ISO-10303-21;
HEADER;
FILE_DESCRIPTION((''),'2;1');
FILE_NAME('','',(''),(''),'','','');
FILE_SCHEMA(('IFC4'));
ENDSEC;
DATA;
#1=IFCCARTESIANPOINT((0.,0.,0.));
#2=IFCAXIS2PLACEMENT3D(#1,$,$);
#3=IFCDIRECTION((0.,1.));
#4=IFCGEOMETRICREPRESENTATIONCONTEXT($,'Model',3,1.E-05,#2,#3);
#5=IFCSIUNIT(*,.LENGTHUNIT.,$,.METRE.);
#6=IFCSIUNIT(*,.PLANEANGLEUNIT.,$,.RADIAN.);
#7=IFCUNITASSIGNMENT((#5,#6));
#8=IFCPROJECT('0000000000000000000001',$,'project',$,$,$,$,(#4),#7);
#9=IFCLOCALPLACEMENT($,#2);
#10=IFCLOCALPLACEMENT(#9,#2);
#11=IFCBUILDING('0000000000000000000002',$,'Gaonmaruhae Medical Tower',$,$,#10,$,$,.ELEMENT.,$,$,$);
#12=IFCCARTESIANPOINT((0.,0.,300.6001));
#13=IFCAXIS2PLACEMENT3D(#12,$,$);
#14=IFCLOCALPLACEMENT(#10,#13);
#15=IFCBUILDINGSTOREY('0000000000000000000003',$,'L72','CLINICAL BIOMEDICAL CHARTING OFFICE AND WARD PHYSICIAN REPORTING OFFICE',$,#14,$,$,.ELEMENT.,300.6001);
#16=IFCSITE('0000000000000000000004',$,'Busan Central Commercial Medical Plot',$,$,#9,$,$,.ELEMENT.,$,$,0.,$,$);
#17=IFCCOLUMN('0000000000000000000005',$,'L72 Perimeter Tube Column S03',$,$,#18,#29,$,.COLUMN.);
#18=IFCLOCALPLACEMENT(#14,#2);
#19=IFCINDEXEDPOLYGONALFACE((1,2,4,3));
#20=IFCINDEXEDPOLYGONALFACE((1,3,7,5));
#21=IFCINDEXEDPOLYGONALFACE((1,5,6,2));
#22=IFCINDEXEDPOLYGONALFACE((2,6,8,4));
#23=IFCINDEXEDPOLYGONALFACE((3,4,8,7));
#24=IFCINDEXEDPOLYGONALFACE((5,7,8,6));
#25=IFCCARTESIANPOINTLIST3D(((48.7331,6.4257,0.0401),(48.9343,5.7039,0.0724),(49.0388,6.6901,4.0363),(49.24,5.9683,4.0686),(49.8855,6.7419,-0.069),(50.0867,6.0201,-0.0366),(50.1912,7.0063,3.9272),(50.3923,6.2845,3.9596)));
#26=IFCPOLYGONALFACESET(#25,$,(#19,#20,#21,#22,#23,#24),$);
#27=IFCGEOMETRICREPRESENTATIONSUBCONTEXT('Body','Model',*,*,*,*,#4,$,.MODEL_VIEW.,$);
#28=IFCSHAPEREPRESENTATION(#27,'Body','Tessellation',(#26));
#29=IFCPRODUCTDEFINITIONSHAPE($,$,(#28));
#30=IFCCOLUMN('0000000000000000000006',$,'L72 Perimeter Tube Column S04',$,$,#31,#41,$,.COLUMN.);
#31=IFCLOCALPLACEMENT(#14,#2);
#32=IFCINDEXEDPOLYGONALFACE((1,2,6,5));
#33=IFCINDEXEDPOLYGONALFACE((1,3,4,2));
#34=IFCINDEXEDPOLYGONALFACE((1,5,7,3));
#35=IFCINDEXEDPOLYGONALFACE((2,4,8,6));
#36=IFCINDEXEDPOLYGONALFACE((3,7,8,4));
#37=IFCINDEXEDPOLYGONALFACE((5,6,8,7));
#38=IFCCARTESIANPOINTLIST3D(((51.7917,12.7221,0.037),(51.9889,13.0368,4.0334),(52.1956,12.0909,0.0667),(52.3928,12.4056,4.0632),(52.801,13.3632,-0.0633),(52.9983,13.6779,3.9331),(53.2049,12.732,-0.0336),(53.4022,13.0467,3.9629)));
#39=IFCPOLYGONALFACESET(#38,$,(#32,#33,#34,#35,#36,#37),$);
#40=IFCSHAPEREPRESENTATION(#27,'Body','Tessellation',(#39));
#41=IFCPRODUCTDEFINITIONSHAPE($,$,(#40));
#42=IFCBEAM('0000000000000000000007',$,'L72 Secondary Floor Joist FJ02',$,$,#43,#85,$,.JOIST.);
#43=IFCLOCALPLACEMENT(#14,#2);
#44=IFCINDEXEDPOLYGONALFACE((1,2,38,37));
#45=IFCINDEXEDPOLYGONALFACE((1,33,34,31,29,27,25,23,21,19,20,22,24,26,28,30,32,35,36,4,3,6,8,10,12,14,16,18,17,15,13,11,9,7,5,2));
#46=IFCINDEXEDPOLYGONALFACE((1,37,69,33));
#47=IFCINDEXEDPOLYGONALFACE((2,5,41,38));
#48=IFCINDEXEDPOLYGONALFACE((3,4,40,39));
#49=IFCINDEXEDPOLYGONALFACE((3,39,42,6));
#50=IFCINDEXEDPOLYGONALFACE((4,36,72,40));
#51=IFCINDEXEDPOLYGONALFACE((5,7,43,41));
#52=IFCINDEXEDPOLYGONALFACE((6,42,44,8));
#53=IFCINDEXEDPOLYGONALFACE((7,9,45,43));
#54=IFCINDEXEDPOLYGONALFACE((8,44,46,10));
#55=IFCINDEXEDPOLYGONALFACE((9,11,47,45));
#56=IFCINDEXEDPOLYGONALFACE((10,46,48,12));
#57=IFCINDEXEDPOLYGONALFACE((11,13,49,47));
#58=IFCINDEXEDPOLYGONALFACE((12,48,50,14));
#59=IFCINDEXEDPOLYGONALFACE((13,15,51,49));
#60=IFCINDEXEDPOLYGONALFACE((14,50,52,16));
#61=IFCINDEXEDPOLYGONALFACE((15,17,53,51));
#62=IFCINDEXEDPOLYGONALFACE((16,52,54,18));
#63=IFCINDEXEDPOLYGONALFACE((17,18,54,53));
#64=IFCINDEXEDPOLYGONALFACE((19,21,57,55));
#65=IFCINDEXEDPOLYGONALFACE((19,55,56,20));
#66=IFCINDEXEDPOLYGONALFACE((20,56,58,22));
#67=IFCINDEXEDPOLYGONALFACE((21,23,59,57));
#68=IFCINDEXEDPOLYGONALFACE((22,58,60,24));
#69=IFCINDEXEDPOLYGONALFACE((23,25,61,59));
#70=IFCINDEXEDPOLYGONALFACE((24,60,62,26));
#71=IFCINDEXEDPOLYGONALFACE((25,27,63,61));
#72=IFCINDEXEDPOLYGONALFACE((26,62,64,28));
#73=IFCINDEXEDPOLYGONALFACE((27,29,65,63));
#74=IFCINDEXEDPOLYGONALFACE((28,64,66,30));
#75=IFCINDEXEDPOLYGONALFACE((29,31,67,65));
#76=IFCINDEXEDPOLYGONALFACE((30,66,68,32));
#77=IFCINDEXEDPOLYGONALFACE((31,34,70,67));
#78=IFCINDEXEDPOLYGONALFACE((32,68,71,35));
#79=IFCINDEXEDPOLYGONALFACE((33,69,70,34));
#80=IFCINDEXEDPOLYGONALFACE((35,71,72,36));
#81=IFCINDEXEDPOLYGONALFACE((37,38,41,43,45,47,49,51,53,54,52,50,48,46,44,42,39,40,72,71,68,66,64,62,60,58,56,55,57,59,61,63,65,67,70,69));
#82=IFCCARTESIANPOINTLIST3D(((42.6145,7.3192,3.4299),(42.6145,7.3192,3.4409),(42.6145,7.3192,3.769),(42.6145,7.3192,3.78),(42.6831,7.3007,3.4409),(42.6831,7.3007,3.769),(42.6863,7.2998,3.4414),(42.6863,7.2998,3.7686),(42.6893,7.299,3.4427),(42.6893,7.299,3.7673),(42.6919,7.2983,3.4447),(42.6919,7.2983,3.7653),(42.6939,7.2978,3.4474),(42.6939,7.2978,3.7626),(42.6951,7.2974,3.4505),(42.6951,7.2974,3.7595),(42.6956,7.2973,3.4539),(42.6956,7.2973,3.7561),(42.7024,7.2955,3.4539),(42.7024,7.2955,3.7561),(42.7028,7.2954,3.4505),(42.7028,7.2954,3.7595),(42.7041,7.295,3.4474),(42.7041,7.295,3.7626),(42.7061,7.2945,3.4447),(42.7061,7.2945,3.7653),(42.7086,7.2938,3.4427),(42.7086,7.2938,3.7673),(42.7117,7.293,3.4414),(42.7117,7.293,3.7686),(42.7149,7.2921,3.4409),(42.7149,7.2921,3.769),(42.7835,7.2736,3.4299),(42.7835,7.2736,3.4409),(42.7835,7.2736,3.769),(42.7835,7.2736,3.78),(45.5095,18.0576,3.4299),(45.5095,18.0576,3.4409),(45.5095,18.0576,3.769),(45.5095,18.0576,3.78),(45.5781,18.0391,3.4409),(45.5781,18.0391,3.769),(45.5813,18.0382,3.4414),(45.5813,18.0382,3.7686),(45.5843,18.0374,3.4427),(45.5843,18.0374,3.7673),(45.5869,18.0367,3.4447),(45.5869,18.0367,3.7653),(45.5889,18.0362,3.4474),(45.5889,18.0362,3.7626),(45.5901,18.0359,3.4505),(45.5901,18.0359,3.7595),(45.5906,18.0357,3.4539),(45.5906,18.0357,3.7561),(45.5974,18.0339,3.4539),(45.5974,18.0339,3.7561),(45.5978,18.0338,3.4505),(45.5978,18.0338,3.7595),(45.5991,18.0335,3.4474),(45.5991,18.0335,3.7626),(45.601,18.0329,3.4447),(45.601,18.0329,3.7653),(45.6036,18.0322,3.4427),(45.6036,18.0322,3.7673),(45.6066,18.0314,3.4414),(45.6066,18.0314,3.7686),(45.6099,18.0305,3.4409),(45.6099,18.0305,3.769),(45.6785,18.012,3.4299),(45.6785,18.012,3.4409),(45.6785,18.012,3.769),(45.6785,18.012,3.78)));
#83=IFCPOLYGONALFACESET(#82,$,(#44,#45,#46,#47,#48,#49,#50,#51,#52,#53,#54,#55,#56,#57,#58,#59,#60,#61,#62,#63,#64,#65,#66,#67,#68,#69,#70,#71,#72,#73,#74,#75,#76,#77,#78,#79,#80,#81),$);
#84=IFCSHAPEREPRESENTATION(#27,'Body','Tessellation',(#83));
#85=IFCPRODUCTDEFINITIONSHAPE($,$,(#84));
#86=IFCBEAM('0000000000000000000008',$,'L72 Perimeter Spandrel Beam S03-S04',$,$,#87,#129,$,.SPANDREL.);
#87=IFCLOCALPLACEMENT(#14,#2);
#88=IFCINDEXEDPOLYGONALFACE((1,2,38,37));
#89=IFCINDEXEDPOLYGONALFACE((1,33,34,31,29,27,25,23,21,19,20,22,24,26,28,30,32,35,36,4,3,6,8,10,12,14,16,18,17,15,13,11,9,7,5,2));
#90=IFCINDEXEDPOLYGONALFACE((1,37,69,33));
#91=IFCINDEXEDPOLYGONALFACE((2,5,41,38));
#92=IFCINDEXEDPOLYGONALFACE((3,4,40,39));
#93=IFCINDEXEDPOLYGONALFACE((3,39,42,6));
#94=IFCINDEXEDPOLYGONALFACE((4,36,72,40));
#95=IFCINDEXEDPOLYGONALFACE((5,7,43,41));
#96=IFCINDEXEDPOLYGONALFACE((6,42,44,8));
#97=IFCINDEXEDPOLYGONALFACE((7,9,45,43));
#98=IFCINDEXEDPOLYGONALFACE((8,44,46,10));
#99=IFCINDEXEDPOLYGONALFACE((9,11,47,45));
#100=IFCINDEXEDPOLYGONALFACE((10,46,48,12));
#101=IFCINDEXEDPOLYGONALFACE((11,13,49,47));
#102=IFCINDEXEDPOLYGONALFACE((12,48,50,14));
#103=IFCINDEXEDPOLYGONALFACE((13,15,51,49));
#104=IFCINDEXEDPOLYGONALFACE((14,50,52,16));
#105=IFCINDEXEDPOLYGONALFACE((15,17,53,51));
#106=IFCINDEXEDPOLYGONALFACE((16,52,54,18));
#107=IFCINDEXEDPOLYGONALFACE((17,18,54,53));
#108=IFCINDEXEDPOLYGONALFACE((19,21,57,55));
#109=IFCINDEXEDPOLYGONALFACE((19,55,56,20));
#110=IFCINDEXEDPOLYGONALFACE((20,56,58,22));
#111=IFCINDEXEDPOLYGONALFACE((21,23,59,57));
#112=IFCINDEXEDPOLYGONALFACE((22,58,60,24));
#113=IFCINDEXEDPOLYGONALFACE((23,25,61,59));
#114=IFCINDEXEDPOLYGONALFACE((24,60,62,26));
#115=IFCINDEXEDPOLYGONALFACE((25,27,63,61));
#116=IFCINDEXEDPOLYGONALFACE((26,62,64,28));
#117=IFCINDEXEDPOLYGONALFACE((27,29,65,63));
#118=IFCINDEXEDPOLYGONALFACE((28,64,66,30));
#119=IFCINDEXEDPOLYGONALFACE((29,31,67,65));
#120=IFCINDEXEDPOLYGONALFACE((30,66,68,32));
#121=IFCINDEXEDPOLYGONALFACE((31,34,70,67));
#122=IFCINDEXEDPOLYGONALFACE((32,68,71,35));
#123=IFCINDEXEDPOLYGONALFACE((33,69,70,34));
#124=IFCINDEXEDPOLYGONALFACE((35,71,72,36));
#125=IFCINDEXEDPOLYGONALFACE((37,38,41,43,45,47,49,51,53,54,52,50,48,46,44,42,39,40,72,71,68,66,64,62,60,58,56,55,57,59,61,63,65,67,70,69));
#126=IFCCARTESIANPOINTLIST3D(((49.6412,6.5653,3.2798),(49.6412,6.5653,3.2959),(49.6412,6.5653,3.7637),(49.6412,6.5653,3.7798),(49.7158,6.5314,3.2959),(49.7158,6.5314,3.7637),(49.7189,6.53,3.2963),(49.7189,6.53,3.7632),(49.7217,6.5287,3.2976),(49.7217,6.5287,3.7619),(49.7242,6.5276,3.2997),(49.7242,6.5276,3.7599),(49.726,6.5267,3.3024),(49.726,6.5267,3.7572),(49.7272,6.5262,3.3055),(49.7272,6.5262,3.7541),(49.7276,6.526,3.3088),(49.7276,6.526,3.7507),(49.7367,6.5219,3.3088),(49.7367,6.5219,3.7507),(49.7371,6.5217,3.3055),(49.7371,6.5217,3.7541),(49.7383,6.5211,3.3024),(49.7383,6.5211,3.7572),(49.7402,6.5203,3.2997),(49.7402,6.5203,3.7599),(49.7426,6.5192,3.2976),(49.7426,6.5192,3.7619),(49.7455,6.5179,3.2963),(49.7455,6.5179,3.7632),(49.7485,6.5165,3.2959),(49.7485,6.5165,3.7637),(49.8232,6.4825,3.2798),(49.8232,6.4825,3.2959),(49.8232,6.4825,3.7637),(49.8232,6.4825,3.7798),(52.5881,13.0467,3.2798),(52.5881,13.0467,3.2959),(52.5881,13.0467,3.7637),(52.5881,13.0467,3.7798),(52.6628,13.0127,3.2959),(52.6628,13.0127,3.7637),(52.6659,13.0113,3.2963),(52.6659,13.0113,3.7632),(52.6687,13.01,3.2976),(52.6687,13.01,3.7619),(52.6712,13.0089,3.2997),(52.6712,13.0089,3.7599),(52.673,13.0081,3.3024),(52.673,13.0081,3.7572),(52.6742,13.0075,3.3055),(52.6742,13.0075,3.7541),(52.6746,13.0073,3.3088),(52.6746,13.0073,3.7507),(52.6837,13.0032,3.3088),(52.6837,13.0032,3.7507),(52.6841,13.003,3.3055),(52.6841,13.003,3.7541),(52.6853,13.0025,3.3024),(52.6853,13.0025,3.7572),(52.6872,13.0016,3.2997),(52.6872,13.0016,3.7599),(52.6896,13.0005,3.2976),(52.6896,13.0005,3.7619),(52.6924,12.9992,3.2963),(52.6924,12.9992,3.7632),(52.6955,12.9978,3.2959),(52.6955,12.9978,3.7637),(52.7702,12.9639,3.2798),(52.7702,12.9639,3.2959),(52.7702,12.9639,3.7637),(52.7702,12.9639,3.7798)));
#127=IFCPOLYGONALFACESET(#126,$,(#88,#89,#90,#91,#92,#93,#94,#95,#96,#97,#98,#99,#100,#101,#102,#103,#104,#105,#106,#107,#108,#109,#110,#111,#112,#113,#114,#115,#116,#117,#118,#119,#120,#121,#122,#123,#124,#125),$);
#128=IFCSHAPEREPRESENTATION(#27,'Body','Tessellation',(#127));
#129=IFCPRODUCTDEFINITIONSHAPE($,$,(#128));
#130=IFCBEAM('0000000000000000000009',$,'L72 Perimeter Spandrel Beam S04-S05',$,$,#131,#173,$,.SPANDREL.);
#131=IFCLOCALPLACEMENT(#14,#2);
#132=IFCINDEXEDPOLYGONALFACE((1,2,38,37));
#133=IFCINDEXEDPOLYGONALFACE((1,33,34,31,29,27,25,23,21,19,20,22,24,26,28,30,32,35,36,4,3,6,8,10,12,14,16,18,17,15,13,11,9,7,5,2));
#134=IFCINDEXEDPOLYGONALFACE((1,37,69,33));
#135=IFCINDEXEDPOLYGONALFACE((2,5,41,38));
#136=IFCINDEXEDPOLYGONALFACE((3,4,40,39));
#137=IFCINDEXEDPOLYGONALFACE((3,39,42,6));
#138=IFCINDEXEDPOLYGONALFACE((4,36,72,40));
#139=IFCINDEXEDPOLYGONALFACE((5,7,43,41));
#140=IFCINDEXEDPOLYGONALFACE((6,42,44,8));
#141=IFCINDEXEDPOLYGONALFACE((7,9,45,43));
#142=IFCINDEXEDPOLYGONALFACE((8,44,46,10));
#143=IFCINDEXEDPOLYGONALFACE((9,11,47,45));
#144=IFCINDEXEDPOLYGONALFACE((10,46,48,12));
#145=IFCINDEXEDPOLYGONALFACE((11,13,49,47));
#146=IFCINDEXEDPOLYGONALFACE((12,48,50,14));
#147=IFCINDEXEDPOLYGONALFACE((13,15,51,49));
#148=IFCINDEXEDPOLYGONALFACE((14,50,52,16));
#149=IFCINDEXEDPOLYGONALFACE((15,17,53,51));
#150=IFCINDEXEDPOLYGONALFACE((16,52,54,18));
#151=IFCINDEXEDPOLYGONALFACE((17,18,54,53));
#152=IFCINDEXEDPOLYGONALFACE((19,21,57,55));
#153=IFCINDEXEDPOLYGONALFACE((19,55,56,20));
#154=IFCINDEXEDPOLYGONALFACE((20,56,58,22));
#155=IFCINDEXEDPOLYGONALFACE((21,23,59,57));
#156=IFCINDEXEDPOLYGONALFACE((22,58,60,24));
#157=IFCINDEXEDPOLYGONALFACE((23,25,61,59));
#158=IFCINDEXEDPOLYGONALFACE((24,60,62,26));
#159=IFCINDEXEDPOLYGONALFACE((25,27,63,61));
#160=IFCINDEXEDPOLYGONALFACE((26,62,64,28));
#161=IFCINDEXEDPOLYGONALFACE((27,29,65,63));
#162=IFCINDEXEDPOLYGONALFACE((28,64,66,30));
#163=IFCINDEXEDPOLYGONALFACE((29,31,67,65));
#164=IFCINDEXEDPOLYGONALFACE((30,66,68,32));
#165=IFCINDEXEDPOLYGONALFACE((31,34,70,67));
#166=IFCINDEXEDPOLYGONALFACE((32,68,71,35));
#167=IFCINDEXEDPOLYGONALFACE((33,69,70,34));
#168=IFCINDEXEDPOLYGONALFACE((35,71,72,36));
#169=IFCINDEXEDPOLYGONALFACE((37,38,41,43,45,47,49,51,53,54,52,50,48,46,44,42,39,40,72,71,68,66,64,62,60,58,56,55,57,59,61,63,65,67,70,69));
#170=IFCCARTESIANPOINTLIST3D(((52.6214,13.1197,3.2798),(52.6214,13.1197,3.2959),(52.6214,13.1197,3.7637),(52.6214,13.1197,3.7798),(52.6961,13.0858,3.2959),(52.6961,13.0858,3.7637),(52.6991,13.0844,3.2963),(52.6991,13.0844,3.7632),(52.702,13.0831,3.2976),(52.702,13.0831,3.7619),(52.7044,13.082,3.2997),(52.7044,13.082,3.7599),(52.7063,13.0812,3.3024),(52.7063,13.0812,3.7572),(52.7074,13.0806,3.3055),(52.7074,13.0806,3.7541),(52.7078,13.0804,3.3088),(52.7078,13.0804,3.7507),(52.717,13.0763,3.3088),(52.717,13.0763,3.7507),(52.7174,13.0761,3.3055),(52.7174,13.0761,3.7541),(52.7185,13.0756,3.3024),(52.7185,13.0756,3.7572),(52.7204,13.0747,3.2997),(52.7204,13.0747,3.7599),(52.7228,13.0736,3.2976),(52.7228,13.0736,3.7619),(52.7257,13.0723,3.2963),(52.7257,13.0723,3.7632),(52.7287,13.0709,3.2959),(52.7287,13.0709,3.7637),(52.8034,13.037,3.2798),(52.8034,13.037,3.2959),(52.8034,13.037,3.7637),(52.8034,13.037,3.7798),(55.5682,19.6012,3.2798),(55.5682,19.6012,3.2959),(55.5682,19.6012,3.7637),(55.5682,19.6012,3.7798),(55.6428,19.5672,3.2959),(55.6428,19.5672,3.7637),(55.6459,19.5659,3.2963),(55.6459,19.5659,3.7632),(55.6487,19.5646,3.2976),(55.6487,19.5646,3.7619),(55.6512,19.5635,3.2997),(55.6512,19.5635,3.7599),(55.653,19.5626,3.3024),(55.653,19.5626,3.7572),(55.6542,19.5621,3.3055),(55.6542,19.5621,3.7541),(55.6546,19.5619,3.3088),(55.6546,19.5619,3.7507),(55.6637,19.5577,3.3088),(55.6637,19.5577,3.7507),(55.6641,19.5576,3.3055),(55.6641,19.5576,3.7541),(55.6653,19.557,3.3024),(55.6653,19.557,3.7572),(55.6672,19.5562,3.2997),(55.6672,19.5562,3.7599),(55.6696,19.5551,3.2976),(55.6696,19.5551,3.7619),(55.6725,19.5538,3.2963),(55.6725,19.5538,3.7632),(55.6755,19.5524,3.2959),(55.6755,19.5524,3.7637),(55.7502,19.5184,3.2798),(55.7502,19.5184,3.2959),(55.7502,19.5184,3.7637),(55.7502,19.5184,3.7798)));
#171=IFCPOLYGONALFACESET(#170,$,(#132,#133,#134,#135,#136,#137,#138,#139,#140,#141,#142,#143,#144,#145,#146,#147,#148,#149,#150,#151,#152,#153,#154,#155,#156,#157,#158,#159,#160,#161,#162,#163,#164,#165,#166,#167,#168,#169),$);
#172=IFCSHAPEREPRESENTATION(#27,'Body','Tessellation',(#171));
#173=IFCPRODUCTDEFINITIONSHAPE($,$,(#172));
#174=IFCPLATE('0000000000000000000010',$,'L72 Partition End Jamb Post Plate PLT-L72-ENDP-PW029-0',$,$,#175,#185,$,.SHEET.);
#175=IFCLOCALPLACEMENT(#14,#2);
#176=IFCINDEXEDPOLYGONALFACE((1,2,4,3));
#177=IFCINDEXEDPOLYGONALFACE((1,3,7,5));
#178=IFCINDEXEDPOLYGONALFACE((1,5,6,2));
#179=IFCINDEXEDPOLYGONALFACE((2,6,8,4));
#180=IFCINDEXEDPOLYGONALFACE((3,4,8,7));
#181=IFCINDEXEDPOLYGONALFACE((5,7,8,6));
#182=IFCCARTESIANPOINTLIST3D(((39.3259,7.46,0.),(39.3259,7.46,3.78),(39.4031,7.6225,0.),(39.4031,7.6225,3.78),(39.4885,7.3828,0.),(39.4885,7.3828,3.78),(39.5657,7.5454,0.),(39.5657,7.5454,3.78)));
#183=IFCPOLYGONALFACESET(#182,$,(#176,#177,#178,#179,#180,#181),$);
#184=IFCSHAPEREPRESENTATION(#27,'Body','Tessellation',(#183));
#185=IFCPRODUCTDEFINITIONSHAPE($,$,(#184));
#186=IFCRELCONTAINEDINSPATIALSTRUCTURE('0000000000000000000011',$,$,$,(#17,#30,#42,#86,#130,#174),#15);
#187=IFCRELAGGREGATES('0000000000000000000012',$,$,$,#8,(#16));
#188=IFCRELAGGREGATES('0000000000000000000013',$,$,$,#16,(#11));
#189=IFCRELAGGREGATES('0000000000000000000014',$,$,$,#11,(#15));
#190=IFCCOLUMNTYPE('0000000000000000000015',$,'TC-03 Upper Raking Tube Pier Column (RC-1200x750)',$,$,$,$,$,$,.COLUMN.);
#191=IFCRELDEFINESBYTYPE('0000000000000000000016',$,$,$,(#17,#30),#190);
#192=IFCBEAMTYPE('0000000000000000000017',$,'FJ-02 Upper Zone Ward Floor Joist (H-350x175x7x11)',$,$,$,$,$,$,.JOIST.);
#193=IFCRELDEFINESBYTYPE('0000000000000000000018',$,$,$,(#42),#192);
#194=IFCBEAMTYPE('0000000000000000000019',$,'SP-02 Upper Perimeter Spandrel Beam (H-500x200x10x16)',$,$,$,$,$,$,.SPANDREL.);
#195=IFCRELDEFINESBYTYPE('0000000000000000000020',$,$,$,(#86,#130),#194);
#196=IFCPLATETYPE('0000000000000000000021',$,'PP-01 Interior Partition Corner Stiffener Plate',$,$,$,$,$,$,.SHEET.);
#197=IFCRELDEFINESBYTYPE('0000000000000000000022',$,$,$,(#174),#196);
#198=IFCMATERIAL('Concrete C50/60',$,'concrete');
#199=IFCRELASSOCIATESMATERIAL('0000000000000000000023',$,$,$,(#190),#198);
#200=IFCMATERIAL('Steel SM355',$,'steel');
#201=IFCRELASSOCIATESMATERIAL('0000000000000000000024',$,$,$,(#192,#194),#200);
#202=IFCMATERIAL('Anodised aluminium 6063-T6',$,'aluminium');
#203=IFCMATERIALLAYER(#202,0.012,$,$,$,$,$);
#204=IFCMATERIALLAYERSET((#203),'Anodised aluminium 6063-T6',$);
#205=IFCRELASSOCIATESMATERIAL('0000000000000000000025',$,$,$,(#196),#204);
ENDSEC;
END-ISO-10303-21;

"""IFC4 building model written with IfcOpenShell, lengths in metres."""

from ifc_helpers import new_model, si_unit, direction, frame, origin, origin_2d, place, context, subcontext, project, spatial, rectangle, i_section, extrude, material, layer, layer_set, material_profile, profile_set, type_object, element, save


model = new_model("IFC4")

# Units and contexts
model_context = context("Model", 3, precision=1e-05, world=origin(), true_north=direction((0.0, 1.0)))
body_context = subcontext(model_context, "Body", "Model", "MODEL_VIEW")
ifc_project = project(units=[si_unit("LENGTHUNIT", "METRE"), si_unit("PLANEANGLEUNIT", "RADIAN")], contexts=[model_context])

# Site, building, storey
site_placement = place(None, origin())
site = spatial("IfcSite", under=ifc_project, at=site_placement, Name="Busan Central Commercial Medical Plot", CompositionType="ELEMENT", RefElevation=0.0)
building_placement = place(site_placement, origin())
building = spatial("IfcBuilding", under=site, at=building_placement, Name="Gaonmaruhae Medical Tower", CompositionType="ELEMENT")
storey_placement = place(building_placement, frame((0.0, 0.0, 300.6001)))
storey = spatial("IfcBuildingStorey", under=building, at=storey_placement, Name="L72", Description="CLINICAL BIOMEDICAL CHARTING OFFICE AND WARD PHYSICIAN REPORTING OFFICE", CompositionType="ELEMENT", Elevation=300.6001)

# Columns
ifc_material_1 = material(Name="Concrete C50/60", Category="concrete")
ifc_material_profile_1 = material_profile(ifc_material_1, rectangle(XDim=1.2, YDim=0.75, at=origin_2d()), Name="RC-1200x750")
ifc_profile_set_1 = profile_set([ifc_material_profile_1], Name="Concrete C50/60")
column_type = type_object("IfcColumnType", Name="TC-03 Upper Raking Tube Pier Column (RC-1200x750)", PredefinedType="COLUMN", material=ifc_profile_set_1)
column_1_placement = place(storey_placement, frame((49.4099, 6.2229, 0.0017), z_axis=(0.076098, 0.065826, 0.994925), x_axis=(-0.960348, -0.263572, 0.090892)))
element("IfcColumn", 1, at=column_1_placement, inside=storey, type_object=column_type, Name="L72 Perimeter Tube Column S03", PredefinedType="COLUMN", context=body_context, shape_type="SweptSolid", body=[
    extrude(rectangle(XDim=1.2, YDim=0.75, at=origin_2d()), origin(), (0.0, 0.0, 1.0), 4.0166),
])
column_2_placement = place(storey_placement, frame((52.4983, 12.7271, 0.0017), z_axis=(0.04915, 0.078409, 0.995709), x_axis=(-0.841157, -0.534292, 0.083594)))
element("IfcColumn", 2, at=column_2_placement, inside=storey, type_object=column_type, Name="L72 Perimeter Tube Column S04", PredefinedType="COLUMN", context=body_context, shape_type="SweptSolid", body=[
    extrude(rectangle(XDim=1.2, YDim=0.75, at=origin_2d()), origin(), (0.0, 0.0, 1.0), 4.0137),
])

# Beams
ifc_material_2 = material(Name="Steel SM355", Category="steel")
ifc_material_profile_2 = material_profile(ifc_material_2, i_section(OverallWidth=0.175, OverallDepth=0.3501, WebThickness=0.0071, FlangeThickness=0.011, FilletRadius=0.0129, at=origin_2d()), Name="H-350x175x7x11")
ifc_profile_set_2 = profile_set([ifc_material_profile_2], Name="Steel SM355")
beam_type_1 = type_object("IfcBeamType", Name="FJ-02 Upper Zone Ward Floor Joist (H-350x175x7x11)", PredefinedType="JOIST", material=ifc_profile_set_2)
beam_placement = place(storey_placement, frame((42.699, 7.2964, 3.605), z_axis=(0.260299, 0.965528, 0.0), x_axis=(-0.965528, 0.260299, 0.0)))
element("IfcBeam", 3, at=beam_placement, inside=storey, type_object=beam_type_1, Name="L72 Secondary Floor Joist FJ02", PredefinedType="JOIST", context=body_context, shape_type="SweptSolid", body=[
    extrude(i_section(OverallWidth=0.175, OverallDepth=0.3501, WebThickness=0.0071, FlangeThickness=0.011, FilletRadius=0.0129, at=origin_2d()), origin(), (0.0, 0.0, 1.0), 11.1218),
])
ifc_material_profile_3 = material_profile(ifc_material_2, i_section(OverallWidth=0.2, OverallDepth=0.5, WebThickness=0.01, FlangeThickness=0.0161, FilletRadius=0.0129, at=origin_2d()), Name="H-500x200x10x16")
ifc_profile_set_3 = profile_set([ifc_material_profile_3], Name="Steel SM355")
beam_type_2 = type_object("IfcBeamType", Name="SP-02 Upper Perimeter Spandrel Beam (H-500x200x10x16)", PredefinedType="SPANDREL", material=ifc_profile_set_3)
for number, where, z_axis, x_axis, name in (
    (4, (49.7322, 6.5239, 3.5298), (0.413909, 0.910318, 0.0), (-0.910318, 0.413909, 0.0), "L72 Perimeter Spandrel Beam S03-S04"),
    (5, (52.7124, 13.0784, 3.5298), (0.41388, 0.910331, 0.0), (-0.910331, 0.41388, 0.0), "L72 Perimeter Spandrel Beam S04-S05"),
):
    element("IfcBeam", number, at=place(storey_placement, frame(where, z_axis=z_axis, x_axis=x_axis)), inside=storey, type_object=beam_type_2, Name=name, PredefinedType="SPANDREL", context=body_context, shape_type="SweptSolid", body=[
        extrude(i_section(OverallWidth=0.2, OverallDepth=0.5, WebThickness=0.01, FlangeThickness=0.0161, FilletRadius=0.0129, at=origin_2d()), origin(), (0.0, 0.0, 1.0), 7.1199),
    ])

# Plate
ifc_material_3 = material(Name="Anodised aluminium 6063-T6", Category="aluminium")
ifc_layer_1 = layer(ifc_material_3, 0.012)
ifc_layer_set_1 = layer_set([ifc_layer_1], Name="Anodised aluminium 6063-T6")
plate_type = type_object("IfcPlateType", Name="PP-01 Interior Partition Corner Stiffener Plate", PredefinedType="SHEET", material=ifc_layer_set_1)
plate_placement = place(storey_placement, frame((39.4458, 7.5027, 0.0), z_axis=(0.0, 0.0, 1.0), x_axis=(0.428919, 0.903343, 0.0)))
element("IfcPlate", 6, at=plate_placement, inside=storey, type_object=plate_type, Name="L72 Partition End Jamb Post Plate PLT-L72-ENDP-PW029-0", PredefinedType="SHEET", context=body_context, shape_type="SweptSolid", body=[
    extrude(rectangle(XDim=0.1799, YDim=0.1799, at=origin_2d()), origin(), (0.0, 0.0, 1.0), 3.78),
])

save(model, "model.ifc")
